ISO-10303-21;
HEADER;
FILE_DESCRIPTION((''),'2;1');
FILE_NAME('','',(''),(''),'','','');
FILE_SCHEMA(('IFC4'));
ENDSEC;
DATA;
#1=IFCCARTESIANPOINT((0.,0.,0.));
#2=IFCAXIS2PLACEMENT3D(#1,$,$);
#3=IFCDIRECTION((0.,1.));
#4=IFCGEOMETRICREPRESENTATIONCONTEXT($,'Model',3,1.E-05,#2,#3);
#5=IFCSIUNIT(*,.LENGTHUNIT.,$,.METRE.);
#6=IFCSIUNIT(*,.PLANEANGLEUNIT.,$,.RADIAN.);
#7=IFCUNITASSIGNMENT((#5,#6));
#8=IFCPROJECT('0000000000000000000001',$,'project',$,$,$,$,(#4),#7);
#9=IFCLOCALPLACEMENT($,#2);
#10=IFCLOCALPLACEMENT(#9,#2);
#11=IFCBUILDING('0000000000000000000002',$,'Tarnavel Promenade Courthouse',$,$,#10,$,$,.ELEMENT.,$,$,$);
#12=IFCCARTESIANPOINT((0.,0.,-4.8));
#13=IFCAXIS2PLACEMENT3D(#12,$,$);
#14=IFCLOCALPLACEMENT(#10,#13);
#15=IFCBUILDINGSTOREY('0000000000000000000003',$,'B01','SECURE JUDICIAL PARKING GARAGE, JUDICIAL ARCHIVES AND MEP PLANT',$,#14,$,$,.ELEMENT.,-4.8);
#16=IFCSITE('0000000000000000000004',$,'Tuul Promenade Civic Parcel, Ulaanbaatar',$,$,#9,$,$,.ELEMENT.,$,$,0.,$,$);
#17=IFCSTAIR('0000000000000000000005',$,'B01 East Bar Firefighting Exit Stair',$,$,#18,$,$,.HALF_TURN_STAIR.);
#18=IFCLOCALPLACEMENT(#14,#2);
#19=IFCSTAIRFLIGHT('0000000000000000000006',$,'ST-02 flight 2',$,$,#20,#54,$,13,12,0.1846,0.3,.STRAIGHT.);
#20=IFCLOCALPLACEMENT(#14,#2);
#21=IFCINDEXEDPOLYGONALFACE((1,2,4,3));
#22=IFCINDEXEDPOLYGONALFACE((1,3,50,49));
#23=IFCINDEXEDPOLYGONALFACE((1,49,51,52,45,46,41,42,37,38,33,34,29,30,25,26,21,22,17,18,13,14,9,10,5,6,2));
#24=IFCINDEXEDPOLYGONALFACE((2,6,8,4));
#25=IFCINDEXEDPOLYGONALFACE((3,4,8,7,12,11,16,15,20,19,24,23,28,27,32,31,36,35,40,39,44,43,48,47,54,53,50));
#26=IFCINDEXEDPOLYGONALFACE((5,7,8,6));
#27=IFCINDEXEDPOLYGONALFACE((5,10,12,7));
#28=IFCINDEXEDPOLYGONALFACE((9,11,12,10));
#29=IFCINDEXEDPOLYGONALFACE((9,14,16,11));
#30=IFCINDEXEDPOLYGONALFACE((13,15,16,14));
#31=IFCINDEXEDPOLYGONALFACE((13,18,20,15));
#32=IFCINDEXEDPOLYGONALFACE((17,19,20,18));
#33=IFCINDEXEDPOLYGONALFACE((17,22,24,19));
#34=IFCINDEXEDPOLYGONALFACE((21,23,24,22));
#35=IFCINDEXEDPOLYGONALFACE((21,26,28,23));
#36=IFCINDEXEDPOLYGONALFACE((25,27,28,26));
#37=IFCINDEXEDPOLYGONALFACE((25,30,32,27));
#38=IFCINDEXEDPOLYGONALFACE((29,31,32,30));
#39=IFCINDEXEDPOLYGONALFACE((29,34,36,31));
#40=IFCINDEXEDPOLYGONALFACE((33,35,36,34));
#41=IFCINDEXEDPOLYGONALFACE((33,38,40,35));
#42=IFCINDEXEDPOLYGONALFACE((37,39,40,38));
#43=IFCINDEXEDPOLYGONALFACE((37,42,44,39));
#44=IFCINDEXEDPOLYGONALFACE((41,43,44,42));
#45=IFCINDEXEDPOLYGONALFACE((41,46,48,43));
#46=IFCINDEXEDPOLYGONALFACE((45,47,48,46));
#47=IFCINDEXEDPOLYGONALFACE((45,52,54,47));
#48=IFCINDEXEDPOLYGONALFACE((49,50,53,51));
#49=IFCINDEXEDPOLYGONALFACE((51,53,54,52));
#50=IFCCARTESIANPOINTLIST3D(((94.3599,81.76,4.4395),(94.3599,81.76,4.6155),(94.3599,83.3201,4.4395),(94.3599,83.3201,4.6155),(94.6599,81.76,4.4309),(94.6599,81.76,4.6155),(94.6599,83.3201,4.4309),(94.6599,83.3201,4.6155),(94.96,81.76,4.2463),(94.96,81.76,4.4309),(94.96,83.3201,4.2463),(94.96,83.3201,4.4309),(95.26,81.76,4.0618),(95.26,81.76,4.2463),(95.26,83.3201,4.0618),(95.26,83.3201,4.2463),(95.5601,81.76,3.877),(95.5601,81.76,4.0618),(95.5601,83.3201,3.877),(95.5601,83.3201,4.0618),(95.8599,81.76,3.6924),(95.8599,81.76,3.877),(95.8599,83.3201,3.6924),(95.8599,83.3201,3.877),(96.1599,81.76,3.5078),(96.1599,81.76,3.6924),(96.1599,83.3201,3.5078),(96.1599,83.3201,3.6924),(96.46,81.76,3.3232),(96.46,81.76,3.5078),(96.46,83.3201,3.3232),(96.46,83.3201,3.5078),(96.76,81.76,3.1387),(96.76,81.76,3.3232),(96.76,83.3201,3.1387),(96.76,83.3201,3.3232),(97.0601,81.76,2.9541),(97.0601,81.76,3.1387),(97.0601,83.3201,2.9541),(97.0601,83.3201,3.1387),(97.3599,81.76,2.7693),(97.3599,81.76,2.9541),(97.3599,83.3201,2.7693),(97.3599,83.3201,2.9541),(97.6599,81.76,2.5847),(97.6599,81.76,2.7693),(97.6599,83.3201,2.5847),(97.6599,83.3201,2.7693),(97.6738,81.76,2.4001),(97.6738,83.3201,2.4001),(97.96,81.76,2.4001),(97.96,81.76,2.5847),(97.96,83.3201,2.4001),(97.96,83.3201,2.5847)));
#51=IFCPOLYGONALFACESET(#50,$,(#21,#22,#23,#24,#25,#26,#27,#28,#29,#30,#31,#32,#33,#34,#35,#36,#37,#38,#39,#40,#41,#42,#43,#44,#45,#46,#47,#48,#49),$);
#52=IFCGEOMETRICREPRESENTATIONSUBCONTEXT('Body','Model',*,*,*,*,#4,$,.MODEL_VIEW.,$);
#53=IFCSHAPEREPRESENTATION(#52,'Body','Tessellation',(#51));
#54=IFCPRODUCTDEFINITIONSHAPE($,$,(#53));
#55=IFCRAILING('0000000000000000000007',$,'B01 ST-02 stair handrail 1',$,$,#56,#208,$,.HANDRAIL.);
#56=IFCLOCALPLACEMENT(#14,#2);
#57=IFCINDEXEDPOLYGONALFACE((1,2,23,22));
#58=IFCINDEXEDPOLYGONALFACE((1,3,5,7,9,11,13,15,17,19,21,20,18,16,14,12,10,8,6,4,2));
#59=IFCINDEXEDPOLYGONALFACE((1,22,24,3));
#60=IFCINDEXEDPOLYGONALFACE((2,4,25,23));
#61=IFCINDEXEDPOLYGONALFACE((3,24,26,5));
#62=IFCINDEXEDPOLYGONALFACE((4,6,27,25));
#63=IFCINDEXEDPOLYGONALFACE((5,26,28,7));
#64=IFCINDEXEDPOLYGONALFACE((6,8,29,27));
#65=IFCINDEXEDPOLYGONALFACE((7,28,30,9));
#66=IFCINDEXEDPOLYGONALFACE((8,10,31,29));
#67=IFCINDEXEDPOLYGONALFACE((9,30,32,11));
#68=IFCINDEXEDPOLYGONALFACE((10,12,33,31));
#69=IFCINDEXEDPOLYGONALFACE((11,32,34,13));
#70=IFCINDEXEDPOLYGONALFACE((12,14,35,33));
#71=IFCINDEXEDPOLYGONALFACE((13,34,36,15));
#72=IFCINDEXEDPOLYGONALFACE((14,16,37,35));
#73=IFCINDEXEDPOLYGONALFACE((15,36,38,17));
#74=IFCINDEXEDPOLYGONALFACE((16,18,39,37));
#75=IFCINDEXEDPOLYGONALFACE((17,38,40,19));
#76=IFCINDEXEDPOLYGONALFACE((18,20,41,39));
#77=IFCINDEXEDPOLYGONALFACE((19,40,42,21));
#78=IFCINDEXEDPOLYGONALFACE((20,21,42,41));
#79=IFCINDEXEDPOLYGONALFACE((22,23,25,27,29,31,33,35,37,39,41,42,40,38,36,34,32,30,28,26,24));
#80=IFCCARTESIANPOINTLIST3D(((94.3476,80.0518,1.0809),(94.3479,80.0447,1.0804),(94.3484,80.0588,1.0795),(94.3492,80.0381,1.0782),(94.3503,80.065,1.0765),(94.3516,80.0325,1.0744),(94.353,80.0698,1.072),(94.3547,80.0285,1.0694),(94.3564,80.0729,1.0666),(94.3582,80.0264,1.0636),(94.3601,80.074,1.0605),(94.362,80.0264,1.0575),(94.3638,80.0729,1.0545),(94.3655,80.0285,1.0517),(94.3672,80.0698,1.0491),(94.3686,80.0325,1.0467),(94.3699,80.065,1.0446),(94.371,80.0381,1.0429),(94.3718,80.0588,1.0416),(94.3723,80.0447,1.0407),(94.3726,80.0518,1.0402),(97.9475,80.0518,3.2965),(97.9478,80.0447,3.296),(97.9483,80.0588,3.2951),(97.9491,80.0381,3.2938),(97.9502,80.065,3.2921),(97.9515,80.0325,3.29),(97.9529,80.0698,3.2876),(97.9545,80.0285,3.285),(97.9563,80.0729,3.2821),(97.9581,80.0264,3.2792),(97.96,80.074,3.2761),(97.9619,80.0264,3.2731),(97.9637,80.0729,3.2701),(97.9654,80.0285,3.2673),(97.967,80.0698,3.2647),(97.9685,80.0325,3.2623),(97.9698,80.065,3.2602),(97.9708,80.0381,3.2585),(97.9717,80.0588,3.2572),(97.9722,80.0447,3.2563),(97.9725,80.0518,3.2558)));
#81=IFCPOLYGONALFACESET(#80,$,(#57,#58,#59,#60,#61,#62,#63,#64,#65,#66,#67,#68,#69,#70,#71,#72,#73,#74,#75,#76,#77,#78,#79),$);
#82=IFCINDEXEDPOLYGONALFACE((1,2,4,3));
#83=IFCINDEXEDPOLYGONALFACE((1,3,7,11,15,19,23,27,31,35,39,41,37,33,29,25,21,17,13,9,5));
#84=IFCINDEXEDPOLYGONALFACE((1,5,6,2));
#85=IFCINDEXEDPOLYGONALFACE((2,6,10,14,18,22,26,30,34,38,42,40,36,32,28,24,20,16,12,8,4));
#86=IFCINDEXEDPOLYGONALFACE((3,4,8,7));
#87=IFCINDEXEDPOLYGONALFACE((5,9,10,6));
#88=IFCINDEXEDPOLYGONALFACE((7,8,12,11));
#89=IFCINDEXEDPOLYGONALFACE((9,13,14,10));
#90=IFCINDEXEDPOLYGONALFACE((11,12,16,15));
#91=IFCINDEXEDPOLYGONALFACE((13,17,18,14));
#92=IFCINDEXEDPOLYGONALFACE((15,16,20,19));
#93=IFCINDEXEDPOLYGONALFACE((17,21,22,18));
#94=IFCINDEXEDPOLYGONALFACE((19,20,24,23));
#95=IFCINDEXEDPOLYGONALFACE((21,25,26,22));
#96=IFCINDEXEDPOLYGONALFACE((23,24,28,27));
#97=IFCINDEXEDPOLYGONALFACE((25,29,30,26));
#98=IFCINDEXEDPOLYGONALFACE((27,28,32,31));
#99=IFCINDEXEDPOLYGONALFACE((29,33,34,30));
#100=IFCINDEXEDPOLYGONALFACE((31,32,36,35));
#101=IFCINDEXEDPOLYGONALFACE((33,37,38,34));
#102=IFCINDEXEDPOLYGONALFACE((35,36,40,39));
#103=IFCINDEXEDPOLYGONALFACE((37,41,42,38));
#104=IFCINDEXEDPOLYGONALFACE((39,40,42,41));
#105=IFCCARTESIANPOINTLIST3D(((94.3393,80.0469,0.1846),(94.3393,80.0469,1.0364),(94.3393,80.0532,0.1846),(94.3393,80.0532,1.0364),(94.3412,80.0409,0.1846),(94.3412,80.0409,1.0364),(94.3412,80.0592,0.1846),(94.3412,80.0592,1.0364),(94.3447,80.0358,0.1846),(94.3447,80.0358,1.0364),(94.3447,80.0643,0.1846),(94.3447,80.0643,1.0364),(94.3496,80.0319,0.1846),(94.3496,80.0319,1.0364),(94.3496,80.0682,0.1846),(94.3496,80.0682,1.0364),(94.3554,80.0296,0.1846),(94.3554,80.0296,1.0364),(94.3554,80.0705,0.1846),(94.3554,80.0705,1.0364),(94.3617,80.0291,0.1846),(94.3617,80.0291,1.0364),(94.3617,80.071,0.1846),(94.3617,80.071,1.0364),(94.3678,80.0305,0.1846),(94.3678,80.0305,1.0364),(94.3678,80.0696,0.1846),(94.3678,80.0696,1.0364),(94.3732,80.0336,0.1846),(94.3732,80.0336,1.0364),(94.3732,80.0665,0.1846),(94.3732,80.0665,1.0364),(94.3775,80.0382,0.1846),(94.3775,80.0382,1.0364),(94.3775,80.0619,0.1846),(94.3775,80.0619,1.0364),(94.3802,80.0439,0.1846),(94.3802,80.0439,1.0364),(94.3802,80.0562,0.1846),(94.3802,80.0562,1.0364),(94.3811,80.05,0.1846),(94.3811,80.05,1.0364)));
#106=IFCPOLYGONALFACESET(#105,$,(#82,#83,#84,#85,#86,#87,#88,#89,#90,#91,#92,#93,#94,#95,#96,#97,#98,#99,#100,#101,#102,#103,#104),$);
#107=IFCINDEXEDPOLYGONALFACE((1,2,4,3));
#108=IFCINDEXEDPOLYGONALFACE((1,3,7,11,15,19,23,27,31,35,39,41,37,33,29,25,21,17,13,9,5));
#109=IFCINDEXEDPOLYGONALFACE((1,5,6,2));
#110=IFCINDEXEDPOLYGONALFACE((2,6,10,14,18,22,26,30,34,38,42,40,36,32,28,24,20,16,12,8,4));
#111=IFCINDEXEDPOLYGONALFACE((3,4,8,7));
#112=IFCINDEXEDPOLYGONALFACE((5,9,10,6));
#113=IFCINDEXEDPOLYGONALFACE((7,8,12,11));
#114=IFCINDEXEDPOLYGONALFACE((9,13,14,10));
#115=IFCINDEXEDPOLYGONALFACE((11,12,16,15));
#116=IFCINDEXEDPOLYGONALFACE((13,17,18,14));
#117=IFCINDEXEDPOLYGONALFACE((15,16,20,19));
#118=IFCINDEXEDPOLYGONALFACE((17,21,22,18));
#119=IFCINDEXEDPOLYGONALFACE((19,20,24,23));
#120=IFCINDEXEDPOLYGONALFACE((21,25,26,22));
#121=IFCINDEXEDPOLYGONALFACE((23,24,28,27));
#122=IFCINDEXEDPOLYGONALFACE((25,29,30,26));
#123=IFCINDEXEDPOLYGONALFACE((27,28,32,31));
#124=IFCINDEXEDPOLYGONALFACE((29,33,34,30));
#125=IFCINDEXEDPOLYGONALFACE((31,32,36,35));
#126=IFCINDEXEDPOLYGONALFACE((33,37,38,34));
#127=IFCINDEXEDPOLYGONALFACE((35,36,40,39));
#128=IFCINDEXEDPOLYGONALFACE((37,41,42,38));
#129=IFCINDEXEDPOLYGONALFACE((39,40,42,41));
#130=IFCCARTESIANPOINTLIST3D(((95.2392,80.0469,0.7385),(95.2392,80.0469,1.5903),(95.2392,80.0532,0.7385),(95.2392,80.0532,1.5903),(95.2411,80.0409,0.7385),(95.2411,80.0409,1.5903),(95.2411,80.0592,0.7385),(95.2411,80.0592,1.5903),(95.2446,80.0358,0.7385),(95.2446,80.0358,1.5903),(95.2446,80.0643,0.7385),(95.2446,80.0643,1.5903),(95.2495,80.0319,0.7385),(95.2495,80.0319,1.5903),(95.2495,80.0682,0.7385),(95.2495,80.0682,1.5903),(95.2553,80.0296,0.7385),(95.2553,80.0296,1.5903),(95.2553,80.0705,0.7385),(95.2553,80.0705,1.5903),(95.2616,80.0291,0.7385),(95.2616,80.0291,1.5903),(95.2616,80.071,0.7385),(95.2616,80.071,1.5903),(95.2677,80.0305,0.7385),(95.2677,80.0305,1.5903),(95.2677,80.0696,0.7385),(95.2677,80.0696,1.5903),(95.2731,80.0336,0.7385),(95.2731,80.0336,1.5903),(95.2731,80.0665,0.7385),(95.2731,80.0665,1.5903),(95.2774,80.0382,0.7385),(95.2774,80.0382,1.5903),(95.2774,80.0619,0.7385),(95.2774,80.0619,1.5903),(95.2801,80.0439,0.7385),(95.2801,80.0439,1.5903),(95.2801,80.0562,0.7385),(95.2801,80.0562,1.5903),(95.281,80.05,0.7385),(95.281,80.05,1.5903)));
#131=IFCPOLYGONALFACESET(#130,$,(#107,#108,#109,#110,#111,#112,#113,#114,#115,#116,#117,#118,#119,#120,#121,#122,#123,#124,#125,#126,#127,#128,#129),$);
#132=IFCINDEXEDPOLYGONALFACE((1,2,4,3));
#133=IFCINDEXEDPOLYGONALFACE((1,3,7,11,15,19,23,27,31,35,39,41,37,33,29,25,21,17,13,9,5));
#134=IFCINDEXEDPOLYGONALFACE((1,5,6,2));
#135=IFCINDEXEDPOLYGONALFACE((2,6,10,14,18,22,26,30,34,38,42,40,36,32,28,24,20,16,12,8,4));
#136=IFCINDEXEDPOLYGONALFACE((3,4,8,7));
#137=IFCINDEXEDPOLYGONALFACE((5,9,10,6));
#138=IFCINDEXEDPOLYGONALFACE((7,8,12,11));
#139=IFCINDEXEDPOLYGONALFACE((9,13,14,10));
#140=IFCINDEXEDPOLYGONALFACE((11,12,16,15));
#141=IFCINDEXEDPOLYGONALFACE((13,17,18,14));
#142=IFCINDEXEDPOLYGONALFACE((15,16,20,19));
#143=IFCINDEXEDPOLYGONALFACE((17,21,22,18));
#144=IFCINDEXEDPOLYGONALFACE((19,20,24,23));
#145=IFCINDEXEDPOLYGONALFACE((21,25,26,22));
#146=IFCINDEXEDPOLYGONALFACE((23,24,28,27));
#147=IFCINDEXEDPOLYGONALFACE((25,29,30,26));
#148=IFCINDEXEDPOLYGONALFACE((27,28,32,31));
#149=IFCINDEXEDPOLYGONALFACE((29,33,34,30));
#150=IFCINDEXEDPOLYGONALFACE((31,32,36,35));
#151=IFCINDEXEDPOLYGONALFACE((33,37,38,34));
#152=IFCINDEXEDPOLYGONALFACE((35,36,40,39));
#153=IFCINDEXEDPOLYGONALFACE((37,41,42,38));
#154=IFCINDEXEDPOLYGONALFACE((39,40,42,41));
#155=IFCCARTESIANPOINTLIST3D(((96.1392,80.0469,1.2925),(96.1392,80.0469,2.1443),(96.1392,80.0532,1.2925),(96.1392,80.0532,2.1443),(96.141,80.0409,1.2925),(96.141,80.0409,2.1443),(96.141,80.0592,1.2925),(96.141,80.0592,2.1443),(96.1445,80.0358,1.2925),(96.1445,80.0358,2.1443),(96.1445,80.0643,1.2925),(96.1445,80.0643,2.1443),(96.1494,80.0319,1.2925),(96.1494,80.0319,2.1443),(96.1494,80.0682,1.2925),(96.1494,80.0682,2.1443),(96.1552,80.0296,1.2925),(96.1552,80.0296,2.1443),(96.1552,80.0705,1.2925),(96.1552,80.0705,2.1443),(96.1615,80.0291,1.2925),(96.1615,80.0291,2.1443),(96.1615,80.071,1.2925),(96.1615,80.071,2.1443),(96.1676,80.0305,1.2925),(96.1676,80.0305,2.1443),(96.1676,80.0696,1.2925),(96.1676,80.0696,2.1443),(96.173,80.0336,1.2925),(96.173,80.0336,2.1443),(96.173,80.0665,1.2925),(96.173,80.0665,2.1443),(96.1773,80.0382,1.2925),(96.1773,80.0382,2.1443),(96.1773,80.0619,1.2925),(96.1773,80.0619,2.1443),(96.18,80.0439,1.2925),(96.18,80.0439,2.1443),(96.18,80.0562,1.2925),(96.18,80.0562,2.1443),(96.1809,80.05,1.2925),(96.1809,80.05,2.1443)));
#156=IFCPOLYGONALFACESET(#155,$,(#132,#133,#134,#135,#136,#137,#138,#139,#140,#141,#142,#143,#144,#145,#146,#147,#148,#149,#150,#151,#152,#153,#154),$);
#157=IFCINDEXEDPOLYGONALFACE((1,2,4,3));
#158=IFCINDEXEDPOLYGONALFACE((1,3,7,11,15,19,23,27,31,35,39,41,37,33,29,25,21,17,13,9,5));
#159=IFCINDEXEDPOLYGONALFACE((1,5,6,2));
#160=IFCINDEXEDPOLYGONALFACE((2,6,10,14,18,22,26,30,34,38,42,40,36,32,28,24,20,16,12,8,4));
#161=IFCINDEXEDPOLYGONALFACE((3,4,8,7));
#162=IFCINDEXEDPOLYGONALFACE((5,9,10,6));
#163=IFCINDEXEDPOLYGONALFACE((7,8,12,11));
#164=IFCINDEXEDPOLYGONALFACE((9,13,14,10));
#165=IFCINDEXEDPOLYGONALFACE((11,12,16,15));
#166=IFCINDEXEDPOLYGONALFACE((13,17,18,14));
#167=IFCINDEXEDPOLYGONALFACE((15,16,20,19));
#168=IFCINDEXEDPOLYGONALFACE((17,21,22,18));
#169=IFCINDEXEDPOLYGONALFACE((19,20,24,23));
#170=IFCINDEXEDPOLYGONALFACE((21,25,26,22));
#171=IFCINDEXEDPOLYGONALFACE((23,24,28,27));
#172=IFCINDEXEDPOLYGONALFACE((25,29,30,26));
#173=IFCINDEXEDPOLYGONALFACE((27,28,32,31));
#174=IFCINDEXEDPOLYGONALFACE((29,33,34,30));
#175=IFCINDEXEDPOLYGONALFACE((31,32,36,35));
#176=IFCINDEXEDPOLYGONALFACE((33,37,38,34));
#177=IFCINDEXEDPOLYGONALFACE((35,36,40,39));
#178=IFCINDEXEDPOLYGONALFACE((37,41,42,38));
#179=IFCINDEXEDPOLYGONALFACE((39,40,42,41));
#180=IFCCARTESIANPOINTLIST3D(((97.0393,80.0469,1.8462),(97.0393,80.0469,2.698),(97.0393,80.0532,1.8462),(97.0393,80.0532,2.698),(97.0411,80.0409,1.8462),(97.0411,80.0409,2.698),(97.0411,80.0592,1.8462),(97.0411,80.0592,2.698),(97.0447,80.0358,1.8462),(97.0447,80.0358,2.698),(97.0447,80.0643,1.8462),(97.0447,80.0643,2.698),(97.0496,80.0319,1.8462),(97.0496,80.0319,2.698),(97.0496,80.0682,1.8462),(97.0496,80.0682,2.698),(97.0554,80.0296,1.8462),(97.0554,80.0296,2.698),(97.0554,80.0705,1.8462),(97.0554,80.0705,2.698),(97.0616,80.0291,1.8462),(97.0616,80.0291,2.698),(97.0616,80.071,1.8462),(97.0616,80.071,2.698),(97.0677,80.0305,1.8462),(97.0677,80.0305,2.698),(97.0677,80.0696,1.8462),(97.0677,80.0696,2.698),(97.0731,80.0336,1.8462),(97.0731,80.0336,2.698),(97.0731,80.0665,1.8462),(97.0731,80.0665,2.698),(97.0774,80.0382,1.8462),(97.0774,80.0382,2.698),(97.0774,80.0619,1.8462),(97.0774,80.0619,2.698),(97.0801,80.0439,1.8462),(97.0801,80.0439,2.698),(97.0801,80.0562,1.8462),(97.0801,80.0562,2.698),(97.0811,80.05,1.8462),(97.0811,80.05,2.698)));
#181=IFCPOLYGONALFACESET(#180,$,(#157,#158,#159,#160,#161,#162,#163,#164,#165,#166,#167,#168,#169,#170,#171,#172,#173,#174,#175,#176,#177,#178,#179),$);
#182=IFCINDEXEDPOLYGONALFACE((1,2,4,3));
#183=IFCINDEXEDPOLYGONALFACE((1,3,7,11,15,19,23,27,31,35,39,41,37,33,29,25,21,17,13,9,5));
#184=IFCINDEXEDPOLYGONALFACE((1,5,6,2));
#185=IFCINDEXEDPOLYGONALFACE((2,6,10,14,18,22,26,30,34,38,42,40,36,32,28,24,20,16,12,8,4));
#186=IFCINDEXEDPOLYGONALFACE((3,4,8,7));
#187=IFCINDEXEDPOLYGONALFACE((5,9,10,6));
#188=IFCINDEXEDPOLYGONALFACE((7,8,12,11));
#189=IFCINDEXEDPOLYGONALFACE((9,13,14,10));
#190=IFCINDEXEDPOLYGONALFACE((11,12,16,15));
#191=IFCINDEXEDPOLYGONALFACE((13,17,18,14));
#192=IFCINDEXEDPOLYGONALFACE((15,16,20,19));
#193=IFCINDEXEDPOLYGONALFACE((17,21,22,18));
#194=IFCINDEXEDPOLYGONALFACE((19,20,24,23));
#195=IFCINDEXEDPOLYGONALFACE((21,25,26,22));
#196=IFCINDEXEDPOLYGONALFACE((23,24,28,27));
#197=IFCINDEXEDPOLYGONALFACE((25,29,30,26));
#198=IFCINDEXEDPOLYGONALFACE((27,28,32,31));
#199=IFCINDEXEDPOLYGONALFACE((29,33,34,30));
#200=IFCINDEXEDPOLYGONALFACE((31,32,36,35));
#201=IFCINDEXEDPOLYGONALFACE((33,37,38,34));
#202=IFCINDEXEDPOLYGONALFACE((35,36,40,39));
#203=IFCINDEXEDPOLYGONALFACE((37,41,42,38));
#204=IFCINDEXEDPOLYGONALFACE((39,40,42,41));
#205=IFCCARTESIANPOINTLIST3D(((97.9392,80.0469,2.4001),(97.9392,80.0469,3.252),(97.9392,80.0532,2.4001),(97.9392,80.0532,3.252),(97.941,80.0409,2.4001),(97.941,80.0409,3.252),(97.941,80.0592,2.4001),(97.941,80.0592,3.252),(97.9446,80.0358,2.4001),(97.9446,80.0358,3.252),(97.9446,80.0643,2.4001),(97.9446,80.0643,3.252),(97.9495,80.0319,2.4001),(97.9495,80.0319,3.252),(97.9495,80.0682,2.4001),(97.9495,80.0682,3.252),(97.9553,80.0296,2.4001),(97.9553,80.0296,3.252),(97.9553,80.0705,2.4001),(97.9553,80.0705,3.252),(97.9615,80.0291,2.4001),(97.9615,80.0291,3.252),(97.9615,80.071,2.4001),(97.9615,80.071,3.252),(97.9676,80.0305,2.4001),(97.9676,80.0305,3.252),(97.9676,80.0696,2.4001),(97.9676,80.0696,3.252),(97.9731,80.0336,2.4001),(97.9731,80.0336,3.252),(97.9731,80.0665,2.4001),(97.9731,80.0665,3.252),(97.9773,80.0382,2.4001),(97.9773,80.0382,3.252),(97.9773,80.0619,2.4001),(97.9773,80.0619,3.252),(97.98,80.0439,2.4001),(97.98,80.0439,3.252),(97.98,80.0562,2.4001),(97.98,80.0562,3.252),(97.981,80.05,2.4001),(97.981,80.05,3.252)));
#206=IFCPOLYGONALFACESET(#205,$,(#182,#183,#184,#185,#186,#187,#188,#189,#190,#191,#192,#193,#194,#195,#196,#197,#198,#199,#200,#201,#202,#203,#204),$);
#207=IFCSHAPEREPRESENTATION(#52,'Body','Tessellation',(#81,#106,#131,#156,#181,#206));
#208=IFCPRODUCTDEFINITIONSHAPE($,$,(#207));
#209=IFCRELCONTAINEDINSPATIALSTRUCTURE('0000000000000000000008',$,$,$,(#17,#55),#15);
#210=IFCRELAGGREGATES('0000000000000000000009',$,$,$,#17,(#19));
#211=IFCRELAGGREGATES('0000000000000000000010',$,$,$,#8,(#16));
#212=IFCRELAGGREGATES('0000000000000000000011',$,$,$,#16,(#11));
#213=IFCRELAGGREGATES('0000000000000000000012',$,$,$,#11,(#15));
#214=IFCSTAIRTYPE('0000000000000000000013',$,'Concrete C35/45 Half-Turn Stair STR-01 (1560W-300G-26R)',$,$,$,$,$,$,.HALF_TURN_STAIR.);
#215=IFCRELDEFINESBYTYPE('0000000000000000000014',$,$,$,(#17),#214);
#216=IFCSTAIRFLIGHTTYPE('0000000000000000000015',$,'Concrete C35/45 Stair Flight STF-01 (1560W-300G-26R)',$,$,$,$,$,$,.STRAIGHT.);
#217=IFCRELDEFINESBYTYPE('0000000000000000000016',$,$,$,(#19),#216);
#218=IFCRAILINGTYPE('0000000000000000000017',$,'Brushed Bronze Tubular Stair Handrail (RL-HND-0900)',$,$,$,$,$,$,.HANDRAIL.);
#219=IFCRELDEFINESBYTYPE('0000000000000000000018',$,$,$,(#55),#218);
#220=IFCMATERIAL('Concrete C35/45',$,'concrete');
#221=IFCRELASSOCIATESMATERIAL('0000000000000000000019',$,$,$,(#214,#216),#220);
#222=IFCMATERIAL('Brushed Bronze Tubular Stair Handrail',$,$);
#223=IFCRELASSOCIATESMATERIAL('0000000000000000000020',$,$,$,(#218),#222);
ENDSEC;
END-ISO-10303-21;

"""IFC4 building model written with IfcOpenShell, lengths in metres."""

from ifc_helpers import new_model, si_unit, direction, frame, origin, origin_2d, place, context, subcontext, project, spatial, polyline, circle, outline, extrude, material, type_object, element, aggregate, save


model = new_model("IFC4")

# Units and contexts
model_context = context("Model", 3, precision=1e-05, world=origin(), true_north=direction((0.0, 1.0)))
body_context = subcontext(model_context, "Body", "Model", "MODEL_VIEW")
ifc_project = project(units=[si_unit("LENGTHUNIT", "METRE"), si_unit("PLANEANGLEUNIT", "RADIAN")], contexts=[model_context])

# Site, building, storey
site_placement = place(None, origin())
site = spatial("IfcSite", under=ifc_project, at=site_placement, Name="Tuul Promenade Civic Parcel, Ulaanbaatar", CompositionType="ELEMENT", RefElevation=0.0)
building_placement = place(site_placement, origin())
building = spatial("IfcBuilding", under=site, at=building_placement, Name="Tarnavel Promenade Courthouse", CompositionType="ELEMENT")
storey_placement = place(building_placement, frame((0.0, 0.0, -4.8)))
storey = spatial("IfcBuildingStorey", under=building, at=storey_placement, Name="B01", Description="SECURE JUDICIAL PARKING GARAGE, JUDICIAL ARCHIVES AND MEP PLANT", CompositionType="ELEMENT", Elevation=-4.8)

# Shared definitions
ifc_material_1 = material(Name="Concrete C35/45", Category="concrete")

# Stair, stair flight
stair_type = type_object("IfcStairType", Name="Concrete C35/45 Half-Turn Stair STR-01 (1560W-300G-26R)", PredefinedType="HALF_TURN_STAIR", material=ifc_material_1)
stair_placement = place(storey_placement, origin())
stair = element("IfcStair", 1, at=stair_placement, inside=storey, type_object=stair_type, Name="B01 East Bar Firefighting Exit Stair", PredefinedType="HALF_TURN_STAIR")
stair_flight_type = type_object("IfcStairFlightType", Name="Concrete C35/45 Stair Flight STF-01 (1560W-300G-26R)", PredefinedType="STRAIGHT", material=ifc_material_1)
stair_flight_1_placement = place(storey_placement, frame((97.96, 82.54, 2.4001), z_axis=(0.0, 0.0, 1.0), x_axis=(-1.0, 0.0, 0.0)))
stair_flight_1 = element("IfcStairFlight", 2, at=stair_flight_1_placement, type_object=stair_flight_type, Name="ST-02 flight 2", NumberOfRisers=13, NumberOfTreads=12, PredefinedType="STRAIGHT", RiserHeight=0.1846, TreadLength=0.3, context=body_context, shape_type="SweptSolid", body=[
    extrude(outline(polyline([(0.0, 0.0), (0.0, 0.1846), (0.3, 0.1846), (0.3, 0.3691), (0.6001, 0.3691), (0.6001, 0.554), (0.8999, 0.554), (0.8999, 0.7385), (1.2, 0.7385), (1.2, 0.9231), (1.5, 0.9231), (1.5, 1.1077), (1.8, 1.1077), (1.8, 1.2922), (2.1001, 1.2922), (2.1001, 1.4768), (2.3999, 1.4768), (2.3999, 1.6616), (2.7, 1.6616), (2.7, 1.8462), (3.0, 1.8462), (3.0, 2.0308), (3.3, 2.0308), (3.3, 2.2153), (3.6001, 2.2153), (3.6001, 2.3999), (3.6001, 2.0393), (0.2861, 0.0), (0.0, 0.0)])), frame((0.0, 0.78, 0.0), z_axis=(0.0, -1.0, 0.0), x_axis=(1.0, 0.0, 0.0)), (0.0, 0.0, 1.0), 1.5601),
])
aggregate(stair, [stair_flight_1])

# Railing
ifc_material_2 = material(Name="Brushed Bronze Tubular Stair Handrail")
railing_type_1 = type_object("IfcRailingType", Name="Brushed Bronze Tubular Stair Handrail (RL-HND-0900)", PredefinedType="HANDRAIL", material=ifc_material_2)
railing_1_placement = place(storey_placement, frame((94.3601, 80.05, 0.1846)))
element("IfcRailing", 3, at=railing_1_placement, inside=storey, type_object=railing_type_1, Name="B01 ST-02 stair handrail 1", PredefinedType="HANDRAIL", context=body_context, shape_type="SweptSolid", body=[
    extrude(circle(Radius=0.0239, at=origin_2d()), frame((0.0, 0.0, 0.876), z_axis=(0.851629, 0.0, 0.524146), x_axis=(0.0, 1.0, 0.0)), (0.0, 0.0, 1.0), 4.2271),
    extrude(circle(Radius=0.021, at=origin_2d()), origin(), (0.0, 0.0, 1.0), 0.8518),
    extrude(circle(Radius=0.021, at=origin_2d()), frame((0.8999, 0.0, 0.554)), (0.0, 0.0, 1.0), 0.8518),
    extrude(circle(Radius=0.021, at=origin_2d()), frame((1.7998, 0.0, 1.1079)), (0.0, 0.0, 1.0), 0.8518),
    extrude(circle(Radius=0.021, at=origin_2d()), frame((2.7, 0.0, 1.6616)), (0.0, 0.0, 1.0), 0.8518),
    extrude(circle(Radius=0.021, at=origin_2d()), frame((3.5999, 0.0, 2.2156)), (0.0, 0.0, 1.0), 0.8518),
])

save(model, "model.ifc")
